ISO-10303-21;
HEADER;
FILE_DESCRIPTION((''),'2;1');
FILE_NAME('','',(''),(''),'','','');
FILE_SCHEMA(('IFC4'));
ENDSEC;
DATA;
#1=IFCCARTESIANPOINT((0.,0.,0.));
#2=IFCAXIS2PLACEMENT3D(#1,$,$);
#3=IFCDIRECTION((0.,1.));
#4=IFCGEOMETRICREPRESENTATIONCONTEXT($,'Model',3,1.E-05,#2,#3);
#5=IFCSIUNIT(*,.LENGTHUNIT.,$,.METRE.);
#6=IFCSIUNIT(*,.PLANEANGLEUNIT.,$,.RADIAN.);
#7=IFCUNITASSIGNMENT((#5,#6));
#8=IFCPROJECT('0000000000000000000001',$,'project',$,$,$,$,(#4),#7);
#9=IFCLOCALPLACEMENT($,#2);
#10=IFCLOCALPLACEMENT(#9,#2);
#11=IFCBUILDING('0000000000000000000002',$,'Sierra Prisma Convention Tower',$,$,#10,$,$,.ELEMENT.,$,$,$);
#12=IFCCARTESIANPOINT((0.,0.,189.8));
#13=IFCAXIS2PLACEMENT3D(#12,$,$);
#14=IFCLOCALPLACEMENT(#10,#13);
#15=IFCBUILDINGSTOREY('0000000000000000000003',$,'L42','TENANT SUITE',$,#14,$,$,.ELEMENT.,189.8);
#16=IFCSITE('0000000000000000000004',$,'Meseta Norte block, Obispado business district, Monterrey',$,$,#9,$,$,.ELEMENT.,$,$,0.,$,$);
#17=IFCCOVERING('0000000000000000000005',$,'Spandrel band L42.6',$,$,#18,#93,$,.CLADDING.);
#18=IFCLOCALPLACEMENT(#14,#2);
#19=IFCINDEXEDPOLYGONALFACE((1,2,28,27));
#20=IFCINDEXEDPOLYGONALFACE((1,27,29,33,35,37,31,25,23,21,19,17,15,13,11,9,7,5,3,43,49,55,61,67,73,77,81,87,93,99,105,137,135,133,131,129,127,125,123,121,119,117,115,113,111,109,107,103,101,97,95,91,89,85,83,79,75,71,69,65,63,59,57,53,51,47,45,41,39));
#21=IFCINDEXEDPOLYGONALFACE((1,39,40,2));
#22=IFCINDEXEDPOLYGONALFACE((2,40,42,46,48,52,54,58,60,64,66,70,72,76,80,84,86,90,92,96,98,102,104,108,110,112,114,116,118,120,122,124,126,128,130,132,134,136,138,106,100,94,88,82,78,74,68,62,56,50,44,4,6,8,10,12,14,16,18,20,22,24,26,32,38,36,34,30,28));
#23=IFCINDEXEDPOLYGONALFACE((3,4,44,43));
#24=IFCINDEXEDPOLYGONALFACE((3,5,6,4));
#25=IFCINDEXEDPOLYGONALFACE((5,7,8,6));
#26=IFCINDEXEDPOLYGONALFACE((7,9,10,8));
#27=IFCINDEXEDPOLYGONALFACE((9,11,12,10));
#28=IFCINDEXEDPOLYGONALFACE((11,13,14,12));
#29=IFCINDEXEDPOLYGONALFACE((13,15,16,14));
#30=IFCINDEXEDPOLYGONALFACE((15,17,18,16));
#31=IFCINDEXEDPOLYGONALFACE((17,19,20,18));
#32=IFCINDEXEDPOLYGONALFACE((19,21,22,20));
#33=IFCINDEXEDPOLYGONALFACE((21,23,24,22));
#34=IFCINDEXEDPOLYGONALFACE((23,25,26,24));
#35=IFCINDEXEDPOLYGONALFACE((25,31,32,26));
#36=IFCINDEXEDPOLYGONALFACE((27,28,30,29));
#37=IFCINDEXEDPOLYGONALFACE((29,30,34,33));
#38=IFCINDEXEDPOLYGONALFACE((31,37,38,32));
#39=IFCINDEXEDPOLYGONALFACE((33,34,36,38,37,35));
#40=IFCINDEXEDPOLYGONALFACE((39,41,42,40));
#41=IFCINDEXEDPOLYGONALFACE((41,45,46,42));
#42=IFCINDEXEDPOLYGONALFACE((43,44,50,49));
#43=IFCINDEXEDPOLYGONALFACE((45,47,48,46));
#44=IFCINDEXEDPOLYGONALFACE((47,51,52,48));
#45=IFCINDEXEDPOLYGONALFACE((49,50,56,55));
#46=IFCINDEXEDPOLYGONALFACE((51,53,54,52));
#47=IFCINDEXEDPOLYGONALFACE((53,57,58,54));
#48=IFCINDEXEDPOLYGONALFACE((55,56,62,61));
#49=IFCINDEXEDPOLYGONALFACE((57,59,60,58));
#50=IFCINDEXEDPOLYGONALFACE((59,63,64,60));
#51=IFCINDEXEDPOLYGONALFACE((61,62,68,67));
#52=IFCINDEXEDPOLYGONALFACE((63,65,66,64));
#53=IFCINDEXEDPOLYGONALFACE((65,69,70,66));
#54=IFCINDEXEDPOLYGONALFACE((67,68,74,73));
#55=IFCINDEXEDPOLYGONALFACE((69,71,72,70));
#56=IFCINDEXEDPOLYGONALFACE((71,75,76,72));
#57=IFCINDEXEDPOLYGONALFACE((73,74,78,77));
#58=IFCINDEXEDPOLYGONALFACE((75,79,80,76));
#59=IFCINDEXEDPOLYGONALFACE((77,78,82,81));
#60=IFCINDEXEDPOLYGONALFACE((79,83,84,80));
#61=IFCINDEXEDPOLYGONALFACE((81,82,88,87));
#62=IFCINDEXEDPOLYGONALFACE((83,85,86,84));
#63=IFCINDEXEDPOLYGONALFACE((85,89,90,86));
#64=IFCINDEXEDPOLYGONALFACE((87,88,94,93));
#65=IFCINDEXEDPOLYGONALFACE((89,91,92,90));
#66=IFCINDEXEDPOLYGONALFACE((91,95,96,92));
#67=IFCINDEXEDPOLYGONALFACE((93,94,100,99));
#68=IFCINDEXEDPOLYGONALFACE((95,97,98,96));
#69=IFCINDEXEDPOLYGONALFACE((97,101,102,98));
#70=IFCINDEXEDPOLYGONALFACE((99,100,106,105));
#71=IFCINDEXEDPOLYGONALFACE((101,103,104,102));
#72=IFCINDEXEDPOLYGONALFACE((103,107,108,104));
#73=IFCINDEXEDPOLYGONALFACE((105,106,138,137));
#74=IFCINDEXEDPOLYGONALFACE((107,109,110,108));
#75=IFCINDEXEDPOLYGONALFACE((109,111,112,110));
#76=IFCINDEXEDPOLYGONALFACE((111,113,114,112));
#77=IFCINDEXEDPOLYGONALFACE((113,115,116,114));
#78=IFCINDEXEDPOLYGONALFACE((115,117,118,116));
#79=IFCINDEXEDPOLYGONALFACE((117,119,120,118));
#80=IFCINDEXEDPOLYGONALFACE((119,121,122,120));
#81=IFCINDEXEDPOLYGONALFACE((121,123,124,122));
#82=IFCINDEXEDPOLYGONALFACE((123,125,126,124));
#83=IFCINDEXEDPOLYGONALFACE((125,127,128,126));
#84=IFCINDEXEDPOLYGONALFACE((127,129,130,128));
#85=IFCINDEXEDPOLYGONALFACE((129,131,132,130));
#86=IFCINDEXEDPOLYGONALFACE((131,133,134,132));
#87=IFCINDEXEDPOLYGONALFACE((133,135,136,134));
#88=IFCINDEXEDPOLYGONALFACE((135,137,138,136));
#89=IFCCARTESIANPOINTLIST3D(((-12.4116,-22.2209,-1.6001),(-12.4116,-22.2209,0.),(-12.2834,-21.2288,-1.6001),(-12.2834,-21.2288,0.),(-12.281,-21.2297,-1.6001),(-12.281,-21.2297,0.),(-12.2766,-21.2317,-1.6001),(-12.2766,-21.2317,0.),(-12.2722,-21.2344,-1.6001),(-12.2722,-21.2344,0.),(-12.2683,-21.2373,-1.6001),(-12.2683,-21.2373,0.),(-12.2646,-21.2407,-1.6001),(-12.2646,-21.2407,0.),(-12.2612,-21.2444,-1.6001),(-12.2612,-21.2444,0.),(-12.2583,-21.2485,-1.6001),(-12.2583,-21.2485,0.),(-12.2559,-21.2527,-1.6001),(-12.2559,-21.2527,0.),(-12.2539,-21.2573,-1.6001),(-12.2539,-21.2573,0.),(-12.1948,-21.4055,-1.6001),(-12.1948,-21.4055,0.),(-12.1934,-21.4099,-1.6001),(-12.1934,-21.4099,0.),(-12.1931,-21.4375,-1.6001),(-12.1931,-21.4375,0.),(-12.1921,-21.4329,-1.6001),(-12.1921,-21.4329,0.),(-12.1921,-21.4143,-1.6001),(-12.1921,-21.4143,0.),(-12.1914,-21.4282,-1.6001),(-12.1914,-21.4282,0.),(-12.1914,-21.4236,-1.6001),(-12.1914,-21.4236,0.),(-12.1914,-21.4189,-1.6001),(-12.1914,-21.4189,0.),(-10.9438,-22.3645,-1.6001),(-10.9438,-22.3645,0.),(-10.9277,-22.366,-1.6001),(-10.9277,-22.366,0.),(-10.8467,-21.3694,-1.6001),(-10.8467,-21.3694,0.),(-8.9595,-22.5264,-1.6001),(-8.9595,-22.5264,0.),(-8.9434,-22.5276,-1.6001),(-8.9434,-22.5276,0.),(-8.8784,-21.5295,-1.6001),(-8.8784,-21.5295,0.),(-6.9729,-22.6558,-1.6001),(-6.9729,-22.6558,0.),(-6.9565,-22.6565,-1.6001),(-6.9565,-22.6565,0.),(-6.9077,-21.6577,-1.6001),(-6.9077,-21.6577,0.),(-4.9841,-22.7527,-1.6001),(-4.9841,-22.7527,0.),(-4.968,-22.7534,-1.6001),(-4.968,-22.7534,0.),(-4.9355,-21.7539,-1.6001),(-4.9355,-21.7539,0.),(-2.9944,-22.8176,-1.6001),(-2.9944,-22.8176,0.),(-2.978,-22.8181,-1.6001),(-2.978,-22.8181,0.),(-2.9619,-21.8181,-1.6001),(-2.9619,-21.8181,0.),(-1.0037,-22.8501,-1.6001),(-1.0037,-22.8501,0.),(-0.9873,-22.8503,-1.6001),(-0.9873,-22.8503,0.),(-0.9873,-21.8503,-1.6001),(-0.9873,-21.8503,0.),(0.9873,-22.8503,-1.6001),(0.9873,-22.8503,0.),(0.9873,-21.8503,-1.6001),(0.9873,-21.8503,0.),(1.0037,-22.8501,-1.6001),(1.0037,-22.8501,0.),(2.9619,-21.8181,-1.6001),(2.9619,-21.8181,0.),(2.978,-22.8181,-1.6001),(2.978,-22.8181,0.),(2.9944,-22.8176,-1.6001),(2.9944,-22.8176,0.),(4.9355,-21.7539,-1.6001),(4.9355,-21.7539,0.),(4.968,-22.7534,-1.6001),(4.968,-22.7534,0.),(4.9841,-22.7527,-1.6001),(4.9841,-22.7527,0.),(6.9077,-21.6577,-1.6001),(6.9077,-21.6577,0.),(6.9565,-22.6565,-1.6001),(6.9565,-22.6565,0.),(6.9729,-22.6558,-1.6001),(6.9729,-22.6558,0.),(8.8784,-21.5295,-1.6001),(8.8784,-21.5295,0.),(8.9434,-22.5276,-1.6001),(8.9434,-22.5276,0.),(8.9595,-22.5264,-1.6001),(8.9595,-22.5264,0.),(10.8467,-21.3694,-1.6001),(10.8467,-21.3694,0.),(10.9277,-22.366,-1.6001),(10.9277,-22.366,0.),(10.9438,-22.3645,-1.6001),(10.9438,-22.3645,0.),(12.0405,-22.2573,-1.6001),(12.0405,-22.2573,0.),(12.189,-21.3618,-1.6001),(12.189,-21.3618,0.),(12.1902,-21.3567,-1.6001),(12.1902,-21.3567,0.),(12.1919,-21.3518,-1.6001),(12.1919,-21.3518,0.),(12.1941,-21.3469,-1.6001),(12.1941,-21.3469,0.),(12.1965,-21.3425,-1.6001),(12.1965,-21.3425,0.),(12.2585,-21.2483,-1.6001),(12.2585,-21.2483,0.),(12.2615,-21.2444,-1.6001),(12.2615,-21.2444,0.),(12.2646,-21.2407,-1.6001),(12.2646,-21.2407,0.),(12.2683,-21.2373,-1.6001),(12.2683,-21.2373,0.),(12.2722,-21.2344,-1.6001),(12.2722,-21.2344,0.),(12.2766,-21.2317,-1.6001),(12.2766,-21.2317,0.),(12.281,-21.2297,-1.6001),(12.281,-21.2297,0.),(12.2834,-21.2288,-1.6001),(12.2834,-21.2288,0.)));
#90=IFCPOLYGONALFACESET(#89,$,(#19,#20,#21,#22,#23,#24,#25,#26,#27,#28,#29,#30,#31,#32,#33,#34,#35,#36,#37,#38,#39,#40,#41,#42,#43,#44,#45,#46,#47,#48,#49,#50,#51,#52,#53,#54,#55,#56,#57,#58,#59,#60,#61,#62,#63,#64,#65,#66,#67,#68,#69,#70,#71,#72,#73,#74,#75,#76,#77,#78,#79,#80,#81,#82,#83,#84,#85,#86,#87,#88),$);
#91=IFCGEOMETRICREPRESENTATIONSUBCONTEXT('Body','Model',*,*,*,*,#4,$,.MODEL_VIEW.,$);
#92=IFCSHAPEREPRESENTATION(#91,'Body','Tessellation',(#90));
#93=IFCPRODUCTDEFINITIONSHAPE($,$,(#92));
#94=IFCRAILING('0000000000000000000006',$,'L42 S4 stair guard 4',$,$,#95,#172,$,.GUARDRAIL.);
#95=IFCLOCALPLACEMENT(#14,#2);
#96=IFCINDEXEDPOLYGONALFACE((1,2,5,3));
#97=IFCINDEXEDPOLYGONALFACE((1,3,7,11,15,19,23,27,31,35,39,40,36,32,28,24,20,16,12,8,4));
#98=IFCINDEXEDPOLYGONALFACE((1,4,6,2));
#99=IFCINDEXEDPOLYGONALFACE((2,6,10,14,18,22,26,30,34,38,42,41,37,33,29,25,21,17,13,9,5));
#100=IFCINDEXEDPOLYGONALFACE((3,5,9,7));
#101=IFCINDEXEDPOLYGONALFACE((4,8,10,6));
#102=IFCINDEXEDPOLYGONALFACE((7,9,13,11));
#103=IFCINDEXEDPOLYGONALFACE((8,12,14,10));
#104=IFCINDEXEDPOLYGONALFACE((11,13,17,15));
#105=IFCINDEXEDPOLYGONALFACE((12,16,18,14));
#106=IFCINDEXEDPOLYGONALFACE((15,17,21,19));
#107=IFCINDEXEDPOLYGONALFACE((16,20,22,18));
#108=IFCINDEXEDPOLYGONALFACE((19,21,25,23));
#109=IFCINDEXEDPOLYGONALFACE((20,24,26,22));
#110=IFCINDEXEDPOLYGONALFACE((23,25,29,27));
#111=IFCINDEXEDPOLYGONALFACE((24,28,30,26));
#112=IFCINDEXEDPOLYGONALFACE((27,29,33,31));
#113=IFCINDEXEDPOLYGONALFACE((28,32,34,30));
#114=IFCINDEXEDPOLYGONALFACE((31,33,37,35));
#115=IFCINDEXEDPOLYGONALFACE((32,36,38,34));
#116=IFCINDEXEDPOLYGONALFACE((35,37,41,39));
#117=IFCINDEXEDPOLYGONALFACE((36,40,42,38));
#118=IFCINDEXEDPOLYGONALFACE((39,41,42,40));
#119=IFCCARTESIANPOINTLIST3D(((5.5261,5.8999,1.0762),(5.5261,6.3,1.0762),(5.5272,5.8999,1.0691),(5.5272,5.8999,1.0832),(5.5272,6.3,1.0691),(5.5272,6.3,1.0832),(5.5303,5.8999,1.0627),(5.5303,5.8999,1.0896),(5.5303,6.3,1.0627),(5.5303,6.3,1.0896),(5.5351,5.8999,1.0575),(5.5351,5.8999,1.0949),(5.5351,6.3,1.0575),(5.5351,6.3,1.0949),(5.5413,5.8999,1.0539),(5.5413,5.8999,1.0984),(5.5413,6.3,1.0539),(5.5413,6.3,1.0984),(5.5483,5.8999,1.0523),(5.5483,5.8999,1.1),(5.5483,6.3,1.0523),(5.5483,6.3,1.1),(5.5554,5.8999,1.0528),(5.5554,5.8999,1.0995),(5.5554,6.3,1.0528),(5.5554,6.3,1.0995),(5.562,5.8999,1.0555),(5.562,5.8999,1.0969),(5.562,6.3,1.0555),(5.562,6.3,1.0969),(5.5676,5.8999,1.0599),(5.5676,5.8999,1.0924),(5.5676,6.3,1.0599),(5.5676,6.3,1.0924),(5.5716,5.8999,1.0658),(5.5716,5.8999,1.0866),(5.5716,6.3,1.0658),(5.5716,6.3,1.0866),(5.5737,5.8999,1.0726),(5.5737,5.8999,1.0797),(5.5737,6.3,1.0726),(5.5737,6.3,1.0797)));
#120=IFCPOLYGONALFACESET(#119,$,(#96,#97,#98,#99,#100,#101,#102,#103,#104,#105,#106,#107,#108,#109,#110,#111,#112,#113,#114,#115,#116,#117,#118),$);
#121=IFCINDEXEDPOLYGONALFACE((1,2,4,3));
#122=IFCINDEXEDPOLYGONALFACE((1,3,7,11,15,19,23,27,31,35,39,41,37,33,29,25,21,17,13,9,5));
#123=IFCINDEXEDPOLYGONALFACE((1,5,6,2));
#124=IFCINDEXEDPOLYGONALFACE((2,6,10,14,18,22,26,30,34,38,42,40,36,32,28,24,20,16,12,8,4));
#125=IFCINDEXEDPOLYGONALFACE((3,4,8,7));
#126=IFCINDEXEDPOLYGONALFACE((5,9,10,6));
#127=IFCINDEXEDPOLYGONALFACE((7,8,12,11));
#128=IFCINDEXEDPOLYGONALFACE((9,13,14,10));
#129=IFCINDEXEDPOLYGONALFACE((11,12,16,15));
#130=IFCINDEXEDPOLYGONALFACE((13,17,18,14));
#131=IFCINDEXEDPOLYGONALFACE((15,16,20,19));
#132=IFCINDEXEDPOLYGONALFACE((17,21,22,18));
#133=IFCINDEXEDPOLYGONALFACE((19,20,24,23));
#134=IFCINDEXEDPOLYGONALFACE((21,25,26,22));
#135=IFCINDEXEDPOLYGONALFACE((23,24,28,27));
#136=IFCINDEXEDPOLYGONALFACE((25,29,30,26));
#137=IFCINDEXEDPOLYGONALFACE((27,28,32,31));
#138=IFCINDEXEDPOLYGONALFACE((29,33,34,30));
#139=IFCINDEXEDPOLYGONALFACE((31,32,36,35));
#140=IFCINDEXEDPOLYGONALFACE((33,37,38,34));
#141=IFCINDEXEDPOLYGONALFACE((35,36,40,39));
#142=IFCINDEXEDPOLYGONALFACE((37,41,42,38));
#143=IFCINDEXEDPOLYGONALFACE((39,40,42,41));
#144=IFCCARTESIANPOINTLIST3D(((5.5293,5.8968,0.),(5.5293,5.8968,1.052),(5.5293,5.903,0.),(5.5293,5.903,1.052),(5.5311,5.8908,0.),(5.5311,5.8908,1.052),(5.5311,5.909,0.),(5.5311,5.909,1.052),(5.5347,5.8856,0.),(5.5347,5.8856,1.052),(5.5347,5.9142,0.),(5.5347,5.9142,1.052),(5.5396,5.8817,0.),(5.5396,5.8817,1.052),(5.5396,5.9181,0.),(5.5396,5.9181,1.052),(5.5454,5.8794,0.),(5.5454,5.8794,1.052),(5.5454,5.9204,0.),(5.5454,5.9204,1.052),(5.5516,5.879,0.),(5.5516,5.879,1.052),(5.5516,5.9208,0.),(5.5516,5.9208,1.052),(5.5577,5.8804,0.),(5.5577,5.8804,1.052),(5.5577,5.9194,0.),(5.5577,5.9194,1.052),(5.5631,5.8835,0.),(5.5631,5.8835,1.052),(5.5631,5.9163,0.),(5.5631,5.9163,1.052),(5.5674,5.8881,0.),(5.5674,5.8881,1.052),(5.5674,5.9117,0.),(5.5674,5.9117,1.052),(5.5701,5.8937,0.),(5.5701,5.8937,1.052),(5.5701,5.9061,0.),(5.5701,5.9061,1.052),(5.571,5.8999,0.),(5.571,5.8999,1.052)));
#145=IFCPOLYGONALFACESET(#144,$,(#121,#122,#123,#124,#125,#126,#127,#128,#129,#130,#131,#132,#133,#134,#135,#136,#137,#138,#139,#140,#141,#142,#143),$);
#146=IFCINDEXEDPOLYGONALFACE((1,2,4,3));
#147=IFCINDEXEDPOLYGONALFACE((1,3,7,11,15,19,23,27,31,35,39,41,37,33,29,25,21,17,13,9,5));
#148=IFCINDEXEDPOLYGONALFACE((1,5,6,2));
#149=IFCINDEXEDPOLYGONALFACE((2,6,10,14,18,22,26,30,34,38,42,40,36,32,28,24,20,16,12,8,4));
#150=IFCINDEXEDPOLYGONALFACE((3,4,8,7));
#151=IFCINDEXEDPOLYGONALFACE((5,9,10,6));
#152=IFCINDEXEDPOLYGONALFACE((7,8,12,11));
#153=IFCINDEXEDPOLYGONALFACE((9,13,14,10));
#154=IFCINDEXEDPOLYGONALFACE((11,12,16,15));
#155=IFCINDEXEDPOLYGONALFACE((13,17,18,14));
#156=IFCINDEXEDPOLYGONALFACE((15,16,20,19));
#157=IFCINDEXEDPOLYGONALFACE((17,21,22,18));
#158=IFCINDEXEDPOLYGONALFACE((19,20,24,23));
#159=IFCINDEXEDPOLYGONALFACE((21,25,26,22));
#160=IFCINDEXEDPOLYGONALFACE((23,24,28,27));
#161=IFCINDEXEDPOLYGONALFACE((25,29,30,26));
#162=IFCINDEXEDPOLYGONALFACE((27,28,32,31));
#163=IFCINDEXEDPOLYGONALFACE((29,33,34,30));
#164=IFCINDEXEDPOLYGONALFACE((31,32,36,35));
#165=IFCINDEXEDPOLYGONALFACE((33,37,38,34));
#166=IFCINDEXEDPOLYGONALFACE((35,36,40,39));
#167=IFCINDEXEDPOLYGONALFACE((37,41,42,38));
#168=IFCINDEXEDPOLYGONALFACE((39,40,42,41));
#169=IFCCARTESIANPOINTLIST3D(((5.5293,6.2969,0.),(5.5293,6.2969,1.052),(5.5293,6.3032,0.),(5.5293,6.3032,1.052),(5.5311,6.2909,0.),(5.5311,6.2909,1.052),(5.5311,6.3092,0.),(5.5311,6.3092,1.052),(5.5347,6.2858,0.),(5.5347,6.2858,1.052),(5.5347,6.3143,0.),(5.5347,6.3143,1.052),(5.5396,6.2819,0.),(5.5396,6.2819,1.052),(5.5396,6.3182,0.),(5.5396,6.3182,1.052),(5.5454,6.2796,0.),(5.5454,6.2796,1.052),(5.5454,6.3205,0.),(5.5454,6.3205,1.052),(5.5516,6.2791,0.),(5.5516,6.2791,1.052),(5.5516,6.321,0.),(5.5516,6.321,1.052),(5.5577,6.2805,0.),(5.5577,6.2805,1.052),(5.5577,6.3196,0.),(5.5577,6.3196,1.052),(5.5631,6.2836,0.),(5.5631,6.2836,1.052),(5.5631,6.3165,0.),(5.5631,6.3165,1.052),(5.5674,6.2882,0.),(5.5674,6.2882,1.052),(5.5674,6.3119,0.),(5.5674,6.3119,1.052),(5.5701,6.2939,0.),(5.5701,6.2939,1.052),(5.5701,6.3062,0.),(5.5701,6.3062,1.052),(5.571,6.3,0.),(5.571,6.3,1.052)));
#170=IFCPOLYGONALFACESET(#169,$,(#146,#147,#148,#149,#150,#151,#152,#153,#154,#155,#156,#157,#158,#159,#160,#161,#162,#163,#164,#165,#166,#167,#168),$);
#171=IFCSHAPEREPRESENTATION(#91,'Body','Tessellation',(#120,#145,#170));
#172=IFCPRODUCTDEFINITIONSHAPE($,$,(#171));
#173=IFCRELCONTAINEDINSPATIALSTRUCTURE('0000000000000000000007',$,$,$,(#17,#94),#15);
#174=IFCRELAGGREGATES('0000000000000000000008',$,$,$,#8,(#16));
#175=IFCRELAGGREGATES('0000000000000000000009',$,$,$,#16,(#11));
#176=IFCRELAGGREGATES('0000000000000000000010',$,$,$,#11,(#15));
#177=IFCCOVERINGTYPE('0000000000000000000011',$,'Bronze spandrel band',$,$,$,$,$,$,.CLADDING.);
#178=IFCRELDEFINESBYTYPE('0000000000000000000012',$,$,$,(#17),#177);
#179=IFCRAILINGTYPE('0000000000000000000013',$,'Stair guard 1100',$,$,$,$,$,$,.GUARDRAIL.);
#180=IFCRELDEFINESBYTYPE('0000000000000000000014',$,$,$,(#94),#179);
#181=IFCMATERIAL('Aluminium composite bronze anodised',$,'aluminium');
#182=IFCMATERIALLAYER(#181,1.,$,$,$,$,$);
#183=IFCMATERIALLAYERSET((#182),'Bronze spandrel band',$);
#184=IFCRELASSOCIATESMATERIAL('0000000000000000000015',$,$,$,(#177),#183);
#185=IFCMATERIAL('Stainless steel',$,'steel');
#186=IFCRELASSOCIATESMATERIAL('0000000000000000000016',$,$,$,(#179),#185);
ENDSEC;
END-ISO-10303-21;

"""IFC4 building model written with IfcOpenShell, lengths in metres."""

from ifc_helpers import new_model, si_unit, direction, frame, origin, origin_2d, place, context, subcontext, project, spatial, polyline, circle, outline, extrude, material, layer, layer_set, type_object, element, save


model = new_model("IFC4")

# Units and contexts
model_context = context("Model", 3, precision=1e-05, world=origin(), true_north=direction((0.0, 1.0)))
body_context = subcontext(model_context, "Body", "Model", "MODEL_VIEW")
ifc_project = project(units=[si_unit("LENGTHUNIT", "METRE"), si_unit("PLANEANGLEUNIT", "RADIAN")], contexts=[model_context])

# Site, building, storey
site_placement = place(None, origin())
site = spatial("IfcSite", under=ifc_project, at=site_placement, Name="Meseta Norte block, Obispado business district, Monterrey", CompositionType="ELEMENT", RefElevation=0.0)
building_placement = place(site_placement, origin())
building = spatial("IfcBuilding", under=site, at=building_placement, Name="Sierra Prisma Convention Tower", CompositionType="ELEMENT")
storey_placement = place(building_placement, frame((0.0, 0.0, 189.8)))
storey = spatial("IfcBuildingStorey", under=building, at=storey_placement, Name="L42", Description="TENANT SUITE", CompositionType="ELEMENT", Elevation=189.8)

# Covering
ifc_material_1 = material(Name="Aluminium composite bronze anodised", Category="aluminium")
ifc_layer_1 = layer(ifc_material_1, 1.0)
ifc_layer_set_1 = layer_set([ifc_layer_1], Name="Bronze spandrel band")
covering_type_1 = type_object("IfcCoveringType", Name="Bronze spandrel band", PredefinedType="CLADDING", material=ifc_layer_set_1)
covering_1_placement = place(storey_placement, frame((0.0, 0.0, -1.6001)))
element("IfcCovering", 1, at=covering_1_placement, inside=storey, type_object=covering_type_1, Name="Spandrel band L42.6", PredefinedType="CLADDING", context=body_context, shape_type="SweptSolid", body=[
    extrude(outline(polyline([(-0.9873, -22.8503), (-1.0037, -22.8501), (-2.978, -22.8181), (-2.9944, -22.8176), (-4.968, -22.7534), (-4.9841, -22.7527), (-6.9565, -22.6565), (-6.9729, -22.6558), (-8.9434, -22.5276), (-8.9595, -22.5264), (-10.9277, -22.366), (-10.9438, -22.3645), (-12.4116, -22.2209), (-12.1931, -21.4375), (-12.1921, -21.4329), (-12.1914, -21.4282), (-12.1914, -21.4236), (-12.1914, -21.4189), (-12.1921, -21.4143), (-12.1934, -21.4099), (-12.1948, -21.4055), (-12.2539, -21.2573), (-12.2559, -21.2527), (-12.2583, -21.2485), (-12.2612, -21.2444), (-12.2646, -21.2407), (-12.2683, -21.2373), (-12.2722, -21.2344), (-12.2766, -21.2317), (-12.281, -21.2297), (-12.2834, -21.2288), (-10.8467, -21.3694), (-8.8784, -21.5295), (-6.9077, -21.6577), (-4.9355, -21.7539), (-2.9619, -21.8181), (-0.9873, -21.8503), (0.9873, -21.8503), (2.9619, -21.8181), (4.9355, -21.7539), (6.9077, -21.6577), (8.8784, -21.5295), (10.8467, -21.3694), (12.2834, -21.2288), (12.281, -21.2297), (12.2766, -21.2317), (12.2722, -21.2344), (12.2683, -21.2373), (12.2646, -21.2407), (12.2615, -21.2444), (12.2585, -21.2483), (12.1965, -21.3425), (12.1941, -21.3469), (12.1919, -21.3518), (12.1902, -21.3567), (12.189, -21.3618), (12.0405, -22.2573), (10.9438, -22.3645), (10.9277, -22.366), (8.9595, -22.5264), (8.9434, -22.5276), (6.9729, -22.6558), (6.9565, -22.6565), (4.9841, -22.7527), (4.968, -22.7534), (2.9944, -22.8176), (2.978, -22.8181), (1.0037, -22.8501), (0.9873, -22.8503), (-0.9873, -22.8503)])), origin(), (0.0, 0.0, 1.0), 1.6001),
])

# Railing
ifc_material_2 = material(Name="Stainless steel", Category="steel")
railing_type = type_object("IfcRailingType", Name="Stair guard 1100", PredefinedType="GUARDRAIL", material=ifc_material_2)
railing_placement = place(storey_placement, frame((5.55, 5.8999, 0.0)))
element("IfcRailing", 2, at=railing_placement, inside=storey, type_object=railing_type, Name="L42 S4 stair guard 4", PredefinedType="GUARDRAIL", context=body_context, shape_type="SweptSolid", body=[
    extrude(circle(Radius=0.0239, at=origin_2d()), frame((0.0, 0.0, 1.0762), z_axis=(0.0, 1.0, 0.0), x_axis=(-1.0, 0.0, 0.0)), (0.0, 0.0, 1.0), 0.4001),
    extrude(circle(Radius=0.021, at=origin_2d()), origin(), (0.0, 0.0, 1.0), 1.052),
    extrude(circle(Radius=0.021, at=origin_2d()), frame((0.0, 0.4001, 0.0)), (0.0, 0.0, 1.0), 1.052),
])

save(model, "model.ifc")
